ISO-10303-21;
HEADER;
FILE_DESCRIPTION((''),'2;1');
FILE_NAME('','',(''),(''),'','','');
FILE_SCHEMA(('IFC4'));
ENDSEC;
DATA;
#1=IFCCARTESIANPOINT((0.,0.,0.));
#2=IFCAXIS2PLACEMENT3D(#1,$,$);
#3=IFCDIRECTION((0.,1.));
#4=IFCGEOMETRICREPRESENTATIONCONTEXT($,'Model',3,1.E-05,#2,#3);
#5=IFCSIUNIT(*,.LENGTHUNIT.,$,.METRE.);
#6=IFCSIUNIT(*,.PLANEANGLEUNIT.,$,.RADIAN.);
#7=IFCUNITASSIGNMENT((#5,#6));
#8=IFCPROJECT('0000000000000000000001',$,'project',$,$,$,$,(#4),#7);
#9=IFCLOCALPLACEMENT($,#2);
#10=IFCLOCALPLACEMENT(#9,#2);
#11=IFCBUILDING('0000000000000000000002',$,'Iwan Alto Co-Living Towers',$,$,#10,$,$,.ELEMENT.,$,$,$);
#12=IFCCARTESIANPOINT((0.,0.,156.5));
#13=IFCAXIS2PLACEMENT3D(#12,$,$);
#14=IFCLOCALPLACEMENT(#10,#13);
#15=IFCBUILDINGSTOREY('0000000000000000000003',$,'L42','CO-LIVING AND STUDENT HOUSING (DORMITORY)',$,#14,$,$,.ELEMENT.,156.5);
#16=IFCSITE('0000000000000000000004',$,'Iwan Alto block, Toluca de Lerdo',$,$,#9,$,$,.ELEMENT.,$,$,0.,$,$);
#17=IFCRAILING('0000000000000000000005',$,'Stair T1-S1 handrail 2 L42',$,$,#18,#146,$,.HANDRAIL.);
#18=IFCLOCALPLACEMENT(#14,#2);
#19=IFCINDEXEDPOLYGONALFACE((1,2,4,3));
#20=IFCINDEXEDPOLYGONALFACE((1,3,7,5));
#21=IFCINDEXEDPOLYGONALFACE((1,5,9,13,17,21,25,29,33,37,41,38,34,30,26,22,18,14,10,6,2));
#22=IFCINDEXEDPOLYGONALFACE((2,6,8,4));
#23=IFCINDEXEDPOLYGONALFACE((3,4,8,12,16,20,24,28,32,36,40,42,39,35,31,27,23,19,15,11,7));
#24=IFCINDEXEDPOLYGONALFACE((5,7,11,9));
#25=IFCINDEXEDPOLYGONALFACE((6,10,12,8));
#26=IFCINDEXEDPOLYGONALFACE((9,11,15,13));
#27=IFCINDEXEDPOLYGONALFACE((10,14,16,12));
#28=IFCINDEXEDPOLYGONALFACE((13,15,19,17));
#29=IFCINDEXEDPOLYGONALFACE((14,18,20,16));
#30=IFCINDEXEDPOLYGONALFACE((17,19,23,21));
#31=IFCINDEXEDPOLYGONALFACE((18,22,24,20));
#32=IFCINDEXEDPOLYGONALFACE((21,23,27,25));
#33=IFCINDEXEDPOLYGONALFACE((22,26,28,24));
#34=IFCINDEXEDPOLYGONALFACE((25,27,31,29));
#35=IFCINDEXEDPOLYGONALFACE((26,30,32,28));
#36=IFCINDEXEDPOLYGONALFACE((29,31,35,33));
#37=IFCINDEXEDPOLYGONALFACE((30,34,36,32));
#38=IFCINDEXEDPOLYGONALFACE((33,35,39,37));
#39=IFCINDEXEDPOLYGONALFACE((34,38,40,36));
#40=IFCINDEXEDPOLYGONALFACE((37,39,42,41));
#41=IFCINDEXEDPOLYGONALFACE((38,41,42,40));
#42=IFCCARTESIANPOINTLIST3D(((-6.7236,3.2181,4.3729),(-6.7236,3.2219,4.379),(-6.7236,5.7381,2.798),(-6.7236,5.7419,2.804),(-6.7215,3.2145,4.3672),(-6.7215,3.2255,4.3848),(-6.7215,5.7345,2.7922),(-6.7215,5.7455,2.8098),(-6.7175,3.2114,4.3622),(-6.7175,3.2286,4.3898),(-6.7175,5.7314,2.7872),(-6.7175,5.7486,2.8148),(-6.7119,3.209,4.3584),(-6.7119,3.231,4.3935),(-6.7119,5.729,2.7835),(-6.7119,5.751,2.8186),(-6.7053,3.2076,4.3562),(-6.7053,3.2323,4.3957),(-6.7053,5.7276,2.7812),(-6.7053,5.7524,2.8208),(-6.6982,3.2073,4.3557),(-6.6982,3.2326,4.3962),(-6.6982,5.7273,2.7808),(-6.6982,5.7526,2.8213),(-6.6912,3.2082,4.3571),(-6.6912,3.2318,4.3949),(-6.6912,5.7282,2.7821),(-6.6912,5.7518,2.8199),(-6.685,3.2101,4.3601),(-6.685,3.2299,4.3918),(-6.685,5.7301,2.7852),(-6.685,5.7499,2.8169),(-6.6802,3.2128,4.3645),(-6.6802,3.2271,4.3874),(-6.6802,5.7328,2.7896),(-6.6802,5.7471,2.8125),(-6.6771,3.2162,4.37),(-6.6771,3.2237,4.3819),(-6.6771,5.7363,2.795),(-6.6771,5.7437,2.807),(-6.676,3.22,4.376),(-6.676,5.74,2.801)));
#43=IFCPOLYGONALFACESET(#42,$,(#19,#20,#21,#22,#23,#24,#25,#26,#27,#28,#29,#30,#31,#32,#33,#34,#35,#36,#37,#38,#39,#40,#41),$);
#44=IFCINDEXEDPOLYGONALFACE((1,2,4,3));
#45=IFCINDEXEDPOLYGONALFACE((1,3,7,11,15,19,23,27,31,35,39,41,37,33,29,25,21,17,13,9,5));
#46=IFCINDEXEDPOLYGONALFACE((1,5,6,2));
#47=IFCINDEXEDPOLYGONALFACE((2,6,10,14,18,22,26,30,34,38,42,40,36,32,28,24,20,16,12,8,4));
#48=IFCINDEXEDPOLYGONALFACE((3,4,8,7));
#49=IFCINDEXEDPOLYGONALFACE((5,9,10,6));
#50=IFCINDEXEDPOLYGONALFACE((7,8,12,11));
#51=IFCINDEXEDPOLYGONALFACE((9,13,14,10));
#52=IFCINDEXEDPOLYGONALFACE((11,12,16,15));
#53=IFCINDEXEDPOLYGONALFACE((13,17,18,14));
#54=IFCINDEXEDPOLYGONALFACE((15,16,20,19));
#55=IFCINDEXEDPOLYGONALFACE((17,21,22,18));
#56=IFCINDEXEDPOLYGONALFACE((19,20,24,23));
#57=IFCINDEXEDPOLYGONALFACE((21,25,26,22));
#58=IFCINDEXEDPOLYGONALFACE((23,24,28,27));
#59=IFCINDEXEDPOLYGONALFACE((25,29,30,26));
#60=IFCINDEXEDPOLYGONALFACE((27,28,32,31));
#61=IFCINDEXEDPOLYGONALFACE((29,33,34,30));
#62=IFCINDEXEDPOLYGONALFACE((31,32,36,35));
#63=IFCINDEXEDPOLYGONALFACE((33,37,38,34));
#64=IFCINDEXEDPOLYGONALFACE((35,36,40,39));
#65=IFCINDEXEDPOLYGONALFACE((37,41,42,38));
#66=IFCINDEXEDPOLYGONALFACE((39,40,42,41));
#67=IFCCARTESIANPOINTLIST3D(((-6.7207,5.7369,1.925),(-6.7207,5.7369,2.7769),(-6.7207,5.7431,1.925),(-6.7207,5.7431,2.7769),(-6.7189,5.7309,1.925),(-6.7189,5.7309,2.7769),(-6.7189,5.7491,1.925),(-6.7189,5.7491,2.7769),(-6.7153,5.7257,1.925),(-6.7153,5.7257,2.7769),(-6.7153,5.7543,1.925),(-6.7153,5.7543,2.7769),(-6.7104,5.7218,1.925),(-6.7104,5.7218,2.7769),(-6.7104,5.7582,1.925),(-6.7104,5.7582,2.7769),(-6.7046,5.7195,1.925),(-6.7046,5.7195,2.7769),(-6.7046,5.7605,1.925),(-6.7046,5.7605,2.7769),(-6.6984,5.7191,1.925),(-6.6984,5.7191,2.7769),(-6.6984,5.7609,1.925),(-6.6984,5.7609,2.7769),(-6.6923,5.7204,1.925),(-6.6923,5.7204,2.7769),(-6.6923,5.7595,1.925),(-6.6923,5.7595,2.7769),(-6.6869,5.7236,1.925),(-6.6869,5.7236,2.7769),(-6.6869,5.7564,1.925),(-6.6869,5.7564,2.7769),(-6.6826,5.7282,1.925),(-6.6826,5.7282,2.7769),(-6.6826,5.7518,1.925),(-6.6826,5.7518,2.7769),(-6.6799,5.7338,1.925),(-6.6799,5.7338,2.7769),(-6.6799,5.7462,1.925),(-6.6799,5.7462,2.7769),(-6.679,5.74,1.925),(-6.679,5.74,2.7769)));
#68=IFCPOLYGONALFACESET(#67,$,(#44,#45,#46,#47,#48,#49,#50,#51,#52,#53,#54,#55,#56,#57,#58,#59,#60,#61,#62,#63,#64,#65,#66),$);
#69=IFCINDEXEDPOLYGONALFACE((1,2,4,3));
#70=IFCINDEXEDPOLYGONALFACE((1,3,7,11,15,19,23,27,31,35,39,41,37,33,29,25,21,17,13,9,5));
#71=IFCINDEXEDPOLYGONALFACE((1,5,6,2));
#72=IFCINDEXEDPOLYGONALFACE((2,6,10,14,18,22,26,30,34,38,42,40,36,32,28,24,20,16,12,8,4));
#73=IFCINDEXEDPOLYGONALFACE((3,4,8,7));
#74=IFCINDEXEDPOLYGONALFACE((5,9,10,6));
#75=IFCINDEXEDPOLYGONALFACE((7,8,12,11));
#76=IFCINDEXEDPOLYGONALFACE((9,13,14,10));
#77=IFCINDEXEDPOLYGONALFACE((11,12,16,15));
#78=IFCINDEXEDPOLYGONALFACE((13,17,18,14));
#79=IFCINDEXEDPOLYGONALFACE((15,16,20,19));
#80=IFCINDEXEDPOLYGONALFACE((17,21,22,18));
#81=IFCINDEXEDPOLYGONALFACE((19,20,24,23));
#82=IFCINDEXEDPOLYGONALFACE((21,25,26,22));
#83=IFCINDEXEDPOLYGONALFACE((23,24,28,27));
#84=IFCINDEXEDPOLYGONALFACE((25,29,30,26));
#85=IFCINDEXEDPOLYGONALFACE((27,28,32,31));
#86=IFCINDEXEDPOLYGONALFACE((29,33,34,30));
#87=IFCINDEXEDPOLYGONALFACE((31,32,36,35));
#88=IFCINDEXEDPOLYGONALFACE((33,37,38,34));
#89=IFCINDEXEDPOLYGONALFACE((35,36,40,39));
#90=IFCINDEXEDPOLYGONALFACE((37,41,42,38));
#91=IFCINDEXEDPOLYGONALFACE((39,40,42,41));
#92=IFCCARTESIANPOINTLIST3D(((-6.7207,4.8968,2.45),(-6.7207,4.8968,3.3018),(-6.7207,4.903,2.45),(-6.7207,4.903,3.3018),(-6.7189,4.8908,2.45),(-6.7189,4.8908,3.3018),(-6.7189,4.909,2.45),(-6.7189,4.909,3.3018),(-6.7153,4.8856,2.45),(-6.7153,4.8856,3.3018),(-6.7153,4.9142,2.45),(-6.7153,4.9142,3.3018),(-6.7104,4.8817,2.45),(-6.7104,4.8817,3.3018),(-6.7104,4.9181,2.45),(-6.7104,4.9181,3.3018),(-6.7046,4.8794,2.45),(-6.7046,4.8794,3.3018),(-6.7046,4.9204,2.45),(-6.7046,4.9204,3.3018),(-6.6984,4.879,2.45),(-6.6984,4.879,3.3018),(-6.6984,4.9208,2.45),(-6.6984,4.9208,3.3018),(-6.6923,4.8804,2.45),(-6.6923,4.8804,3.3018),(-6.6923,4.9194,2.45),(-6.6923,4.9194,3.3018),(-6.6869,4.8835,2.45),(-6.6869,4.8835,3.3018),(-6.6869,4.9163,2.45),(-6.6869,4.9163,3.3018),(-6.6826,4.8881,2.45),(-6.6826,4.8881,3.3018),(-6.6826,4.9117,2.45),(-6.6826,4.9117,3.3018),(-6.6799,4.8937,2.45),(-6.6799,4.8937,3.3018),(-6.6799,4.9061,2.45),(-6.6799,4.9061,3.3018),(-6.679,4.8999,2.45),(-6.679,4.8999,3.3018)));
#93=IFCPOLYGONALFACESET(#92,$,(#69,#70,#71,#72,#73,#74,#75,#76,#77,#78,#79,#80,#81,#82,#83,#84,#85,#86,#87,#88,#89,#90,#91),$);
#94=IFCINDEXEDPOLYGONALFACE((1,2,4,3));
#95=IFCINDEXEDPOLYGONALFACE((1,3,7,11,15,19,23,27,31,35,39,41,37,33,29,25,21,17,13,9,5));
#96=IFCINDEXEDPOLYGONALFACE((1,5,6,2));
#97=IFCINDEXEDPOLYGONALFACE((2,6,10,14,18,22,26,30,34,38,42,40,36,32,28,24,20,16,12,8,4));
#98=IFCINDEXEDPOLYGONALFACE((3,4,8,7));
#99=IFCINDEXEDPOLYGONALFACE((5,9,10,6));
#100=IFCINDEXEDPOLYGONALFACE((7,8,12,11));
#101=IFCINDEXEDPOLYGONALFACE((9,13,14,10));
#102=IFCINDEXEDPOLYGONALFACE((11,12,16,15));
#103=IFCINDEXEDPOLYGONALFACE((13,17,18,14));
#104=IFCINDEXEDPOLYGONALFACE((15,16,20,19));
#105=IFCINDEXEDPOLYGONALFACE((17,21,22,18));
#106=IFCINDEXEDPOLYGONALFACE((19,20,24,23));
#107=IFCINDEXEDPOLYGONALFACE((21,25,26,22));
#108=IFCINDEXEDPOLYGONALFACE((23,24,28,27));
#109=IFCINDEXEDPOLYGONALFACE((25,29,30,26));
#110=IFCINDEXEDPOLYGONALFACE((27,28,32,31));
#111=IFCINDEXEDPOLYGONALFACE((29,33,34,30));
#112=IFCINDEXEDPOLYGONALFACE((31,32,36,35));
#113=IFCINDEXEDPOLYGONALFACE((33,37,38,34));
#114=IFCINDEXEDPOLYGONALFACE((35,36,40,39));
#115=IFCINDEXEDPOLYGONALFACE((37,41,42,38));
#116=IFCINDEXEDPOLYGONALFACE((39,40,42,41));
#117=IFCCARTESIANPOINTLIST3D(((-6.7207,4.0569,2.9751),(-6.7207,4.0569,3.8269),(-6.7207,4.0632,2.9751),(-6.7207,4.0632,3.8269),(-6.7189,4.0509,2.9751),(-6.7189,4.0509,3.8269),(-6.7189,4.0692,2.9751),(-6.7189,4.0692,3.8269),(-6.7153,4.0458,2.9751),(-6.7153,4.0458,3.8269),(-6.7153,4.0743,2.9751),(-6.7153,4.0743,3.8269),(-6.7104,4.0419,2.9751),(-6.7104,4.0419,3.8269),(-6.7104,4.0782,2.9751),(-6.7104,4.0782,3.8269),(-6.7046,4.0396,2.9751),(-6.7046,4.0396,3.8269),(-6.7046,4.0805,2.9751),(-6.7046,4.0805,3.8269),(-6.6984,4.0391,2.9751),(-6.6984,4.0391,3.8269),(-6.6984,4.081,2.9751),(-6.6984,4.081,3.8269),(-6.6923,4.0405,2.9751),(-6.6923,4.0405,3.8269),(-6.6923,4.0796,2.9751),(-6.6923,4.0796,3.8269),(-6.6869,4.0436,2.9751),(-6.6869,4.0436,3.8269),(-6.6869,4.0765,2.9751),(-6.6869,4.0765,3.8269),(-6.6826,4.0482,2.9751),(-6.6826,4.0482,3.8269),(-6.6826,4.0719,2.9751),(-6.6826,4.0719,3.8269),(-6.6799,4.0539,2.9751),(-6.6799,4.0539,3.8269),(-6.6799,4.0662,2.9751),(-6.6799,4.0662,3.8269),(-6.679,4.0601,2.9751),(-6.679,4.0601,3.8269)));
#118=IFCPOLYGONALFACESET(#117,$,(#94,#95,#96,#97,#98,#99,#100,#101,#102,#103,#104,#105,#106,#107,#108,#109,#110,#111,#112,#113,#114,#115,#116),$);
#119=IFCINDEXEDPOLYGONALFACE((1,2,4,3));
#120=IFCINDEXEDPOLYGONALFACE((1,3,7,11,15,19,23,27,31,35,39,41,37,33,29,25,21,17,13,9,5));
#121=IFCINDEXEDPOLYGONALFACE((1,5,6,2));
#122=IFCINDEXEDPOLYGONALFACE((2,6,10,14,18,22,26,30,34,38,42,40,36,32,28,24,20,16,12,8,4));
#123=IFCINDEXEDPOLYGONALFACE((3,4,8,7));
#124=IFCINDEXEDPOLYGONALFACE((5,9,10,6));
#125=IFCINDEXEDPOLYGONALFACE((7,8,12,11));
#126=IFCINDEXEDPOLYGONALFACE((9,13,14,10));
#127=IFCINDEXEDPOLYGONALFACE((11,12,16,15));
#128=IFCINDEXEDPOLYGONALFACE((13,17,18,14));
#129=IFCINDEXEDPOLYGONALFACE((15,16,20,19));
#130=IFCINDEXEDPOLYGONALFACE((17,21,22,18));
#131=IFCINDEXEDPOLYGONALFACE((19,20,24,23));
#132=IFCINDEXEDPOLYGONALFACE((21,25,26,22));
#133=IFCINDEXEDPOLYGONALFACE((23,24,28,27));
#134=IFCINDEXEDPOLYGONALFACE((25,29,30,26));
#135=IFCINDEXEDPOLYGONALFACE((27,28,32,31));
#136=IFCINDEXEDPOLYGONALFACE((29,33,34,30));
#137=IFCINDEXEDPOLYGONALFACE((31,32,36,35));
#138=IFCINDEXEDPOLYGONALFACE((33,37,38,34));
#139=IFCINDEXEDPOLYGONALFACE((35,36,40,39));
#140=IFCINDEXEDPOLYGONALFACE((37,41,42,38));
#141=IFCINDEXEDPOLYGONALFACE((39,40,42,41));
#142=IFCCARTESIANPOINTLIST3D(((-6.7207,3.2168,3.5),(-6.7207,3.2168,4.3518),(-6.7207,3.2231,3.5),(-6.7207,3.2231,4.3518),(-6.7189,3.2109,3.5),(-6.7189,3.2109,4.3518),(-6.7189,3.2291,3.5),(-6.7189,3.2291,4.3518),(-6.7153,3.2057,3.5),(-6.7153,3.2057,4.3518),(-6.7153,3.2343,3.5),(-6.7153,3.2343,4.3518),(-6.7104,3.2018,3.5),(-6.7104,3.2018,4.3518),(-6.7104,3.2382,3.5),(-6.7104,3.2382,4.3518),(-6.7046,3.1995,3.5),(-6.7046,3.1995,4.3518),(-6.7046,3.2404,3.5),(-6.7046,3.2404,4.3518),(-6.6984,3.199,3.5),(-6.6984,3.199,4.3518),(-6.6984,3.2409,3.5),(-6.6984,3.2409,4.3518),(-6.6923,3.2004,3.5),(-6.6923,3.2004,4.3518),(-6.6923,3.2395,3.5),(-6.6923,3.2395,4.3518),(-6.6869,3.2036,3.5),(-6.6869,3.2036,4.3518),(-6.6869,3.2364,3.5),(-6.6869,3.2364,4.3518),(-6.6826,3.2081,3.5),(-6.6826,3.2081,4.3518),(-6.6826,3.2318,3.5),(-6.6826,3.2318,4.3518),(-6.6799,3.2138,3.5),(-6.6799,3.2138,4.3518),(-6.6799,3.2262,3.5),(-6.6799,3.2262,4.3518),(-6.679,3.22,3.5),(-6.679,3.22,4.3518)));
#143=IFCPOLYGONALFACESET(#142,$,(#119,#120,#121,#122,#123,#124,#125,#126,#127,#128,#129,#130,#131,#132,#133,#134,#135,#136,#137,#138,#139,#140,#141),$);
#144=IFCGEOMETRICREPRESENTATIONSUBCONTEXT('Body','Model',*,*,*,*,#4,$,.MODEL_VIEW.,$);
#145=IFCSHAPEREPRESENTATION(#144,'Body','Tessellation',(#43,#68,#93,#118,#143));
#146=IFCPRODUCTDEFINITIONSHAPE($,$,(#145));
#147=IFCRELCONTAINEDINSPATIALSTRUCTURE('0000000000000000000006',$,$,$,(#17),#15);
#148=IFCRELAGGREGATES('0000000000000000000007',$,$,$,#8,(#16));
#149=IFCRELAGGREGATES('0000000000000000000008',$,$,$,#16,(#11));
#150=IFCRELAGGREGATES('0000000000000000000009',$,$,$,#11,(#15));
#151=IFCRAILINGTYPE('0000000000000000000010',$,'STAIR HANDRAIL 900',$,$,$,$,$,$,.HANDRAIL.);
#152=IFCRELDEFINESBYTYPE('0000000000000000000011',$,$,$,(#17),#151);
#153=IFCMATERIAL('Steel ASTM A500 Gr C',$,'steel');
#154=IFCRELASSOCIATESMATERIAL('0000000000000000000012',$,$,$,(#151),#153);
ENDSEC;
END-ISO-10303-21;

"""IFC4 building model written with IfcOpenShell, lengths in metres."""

from ifc_helpers import new_model, si_unit, direction, frame, origin, origin_2d, place, context, subcontext, project, spatial, circle, extrude, material, type_object, element, save


model = new_model("IFC4")

# Units and contexts
model_context = context("Model", 3, precision=1e-05, world=origin(), true_north=direction((0.0, 1.0)))
body_context = subcontext(model_context, "Body", "Model", "MODEL_VIEW")
ifc_project = project(units=[si_unit("LENGTHUNIT", "METRE"), si_unit("PLANEANGLEUNIT", "RADIAN")], contexts=[model_context])

# Site, building, storey
site_placement = place(None, origin())
site = spatial("IfcSite", under=ifc_project, at=site_placement, Name="Iwan Alto block, Toluca de Lerdo", CompositionType="ELEMENT", RefElevation=0.0)
building_placement = place(site_placement, origin())
building = spatial("IfcBuilding", under=site, at=building_placement, Name="Iwan Alto Co-Living Towers", CompositionType="ELEMENT")
storey_placement = place(building_placement, frame((0.0, 0.0, 156.5)))
storey = spatial("IfcBuildingStorey", under=building, at=storey_placement, Name="L42", Description="CO-LIVING AND STUDENT HOUSING (DORMITORY)", CompositionType="ELEMENT", Elevation=156.5)

# Railing
ifc_material_1 = material(Name="Steel ASTM A500 Gr C", Category="steel")
railing_type_1 = type_object("IfcRailingType", Name="STAIR HANDRAIL 900", PredefinedType="HANDRAIL", material=ifc_material_1)
railing_1_placement = place(storey_placement, frame((-6.7, 5.74, 1.925)))
element("IfcRailing", 1, at=railing_1_placement, inside=storey, type_object=railing_type_1, Name="Stair T1-S1 handrail 2 L42", PredefinedType="HANDRAIL", context=body_context, shape_type="SweptSolid", body=[
    extrude(circle(Radius=0.0239, at=origin_2d()), frame((0.0, 0.0, 0.876), z_axis=(0.0, -0.848008, 0.529984), x_axis=(1.0, 0.0, 0.0)), (0.0, 0.0, 1.0), 2.9717),
    extrude(circle(Radius=0.021, at=origin_2d()), origin(), (0.0, 0.0, 1.0), 0.8518),
    extrude(circle(Radius=0.021, at=origin_2d()), frame((0.0, -0.8401, 0.5249)), (0.0, 0.0, 1.0), 0.8518),
    extrude(circle(Radius=0.021, at=origin_2d()), frame((0.0, -1.6799, 1.05)), (0.0, 0.0, 1.0), 0.8518),
    extrude(circle(Radius=0.021, at=origin_2d()), frame((0.0, -2.52, 1.575)), (0.0, 0.0, 1.0), 0.8518),
])

save(model, "model.ifc")
